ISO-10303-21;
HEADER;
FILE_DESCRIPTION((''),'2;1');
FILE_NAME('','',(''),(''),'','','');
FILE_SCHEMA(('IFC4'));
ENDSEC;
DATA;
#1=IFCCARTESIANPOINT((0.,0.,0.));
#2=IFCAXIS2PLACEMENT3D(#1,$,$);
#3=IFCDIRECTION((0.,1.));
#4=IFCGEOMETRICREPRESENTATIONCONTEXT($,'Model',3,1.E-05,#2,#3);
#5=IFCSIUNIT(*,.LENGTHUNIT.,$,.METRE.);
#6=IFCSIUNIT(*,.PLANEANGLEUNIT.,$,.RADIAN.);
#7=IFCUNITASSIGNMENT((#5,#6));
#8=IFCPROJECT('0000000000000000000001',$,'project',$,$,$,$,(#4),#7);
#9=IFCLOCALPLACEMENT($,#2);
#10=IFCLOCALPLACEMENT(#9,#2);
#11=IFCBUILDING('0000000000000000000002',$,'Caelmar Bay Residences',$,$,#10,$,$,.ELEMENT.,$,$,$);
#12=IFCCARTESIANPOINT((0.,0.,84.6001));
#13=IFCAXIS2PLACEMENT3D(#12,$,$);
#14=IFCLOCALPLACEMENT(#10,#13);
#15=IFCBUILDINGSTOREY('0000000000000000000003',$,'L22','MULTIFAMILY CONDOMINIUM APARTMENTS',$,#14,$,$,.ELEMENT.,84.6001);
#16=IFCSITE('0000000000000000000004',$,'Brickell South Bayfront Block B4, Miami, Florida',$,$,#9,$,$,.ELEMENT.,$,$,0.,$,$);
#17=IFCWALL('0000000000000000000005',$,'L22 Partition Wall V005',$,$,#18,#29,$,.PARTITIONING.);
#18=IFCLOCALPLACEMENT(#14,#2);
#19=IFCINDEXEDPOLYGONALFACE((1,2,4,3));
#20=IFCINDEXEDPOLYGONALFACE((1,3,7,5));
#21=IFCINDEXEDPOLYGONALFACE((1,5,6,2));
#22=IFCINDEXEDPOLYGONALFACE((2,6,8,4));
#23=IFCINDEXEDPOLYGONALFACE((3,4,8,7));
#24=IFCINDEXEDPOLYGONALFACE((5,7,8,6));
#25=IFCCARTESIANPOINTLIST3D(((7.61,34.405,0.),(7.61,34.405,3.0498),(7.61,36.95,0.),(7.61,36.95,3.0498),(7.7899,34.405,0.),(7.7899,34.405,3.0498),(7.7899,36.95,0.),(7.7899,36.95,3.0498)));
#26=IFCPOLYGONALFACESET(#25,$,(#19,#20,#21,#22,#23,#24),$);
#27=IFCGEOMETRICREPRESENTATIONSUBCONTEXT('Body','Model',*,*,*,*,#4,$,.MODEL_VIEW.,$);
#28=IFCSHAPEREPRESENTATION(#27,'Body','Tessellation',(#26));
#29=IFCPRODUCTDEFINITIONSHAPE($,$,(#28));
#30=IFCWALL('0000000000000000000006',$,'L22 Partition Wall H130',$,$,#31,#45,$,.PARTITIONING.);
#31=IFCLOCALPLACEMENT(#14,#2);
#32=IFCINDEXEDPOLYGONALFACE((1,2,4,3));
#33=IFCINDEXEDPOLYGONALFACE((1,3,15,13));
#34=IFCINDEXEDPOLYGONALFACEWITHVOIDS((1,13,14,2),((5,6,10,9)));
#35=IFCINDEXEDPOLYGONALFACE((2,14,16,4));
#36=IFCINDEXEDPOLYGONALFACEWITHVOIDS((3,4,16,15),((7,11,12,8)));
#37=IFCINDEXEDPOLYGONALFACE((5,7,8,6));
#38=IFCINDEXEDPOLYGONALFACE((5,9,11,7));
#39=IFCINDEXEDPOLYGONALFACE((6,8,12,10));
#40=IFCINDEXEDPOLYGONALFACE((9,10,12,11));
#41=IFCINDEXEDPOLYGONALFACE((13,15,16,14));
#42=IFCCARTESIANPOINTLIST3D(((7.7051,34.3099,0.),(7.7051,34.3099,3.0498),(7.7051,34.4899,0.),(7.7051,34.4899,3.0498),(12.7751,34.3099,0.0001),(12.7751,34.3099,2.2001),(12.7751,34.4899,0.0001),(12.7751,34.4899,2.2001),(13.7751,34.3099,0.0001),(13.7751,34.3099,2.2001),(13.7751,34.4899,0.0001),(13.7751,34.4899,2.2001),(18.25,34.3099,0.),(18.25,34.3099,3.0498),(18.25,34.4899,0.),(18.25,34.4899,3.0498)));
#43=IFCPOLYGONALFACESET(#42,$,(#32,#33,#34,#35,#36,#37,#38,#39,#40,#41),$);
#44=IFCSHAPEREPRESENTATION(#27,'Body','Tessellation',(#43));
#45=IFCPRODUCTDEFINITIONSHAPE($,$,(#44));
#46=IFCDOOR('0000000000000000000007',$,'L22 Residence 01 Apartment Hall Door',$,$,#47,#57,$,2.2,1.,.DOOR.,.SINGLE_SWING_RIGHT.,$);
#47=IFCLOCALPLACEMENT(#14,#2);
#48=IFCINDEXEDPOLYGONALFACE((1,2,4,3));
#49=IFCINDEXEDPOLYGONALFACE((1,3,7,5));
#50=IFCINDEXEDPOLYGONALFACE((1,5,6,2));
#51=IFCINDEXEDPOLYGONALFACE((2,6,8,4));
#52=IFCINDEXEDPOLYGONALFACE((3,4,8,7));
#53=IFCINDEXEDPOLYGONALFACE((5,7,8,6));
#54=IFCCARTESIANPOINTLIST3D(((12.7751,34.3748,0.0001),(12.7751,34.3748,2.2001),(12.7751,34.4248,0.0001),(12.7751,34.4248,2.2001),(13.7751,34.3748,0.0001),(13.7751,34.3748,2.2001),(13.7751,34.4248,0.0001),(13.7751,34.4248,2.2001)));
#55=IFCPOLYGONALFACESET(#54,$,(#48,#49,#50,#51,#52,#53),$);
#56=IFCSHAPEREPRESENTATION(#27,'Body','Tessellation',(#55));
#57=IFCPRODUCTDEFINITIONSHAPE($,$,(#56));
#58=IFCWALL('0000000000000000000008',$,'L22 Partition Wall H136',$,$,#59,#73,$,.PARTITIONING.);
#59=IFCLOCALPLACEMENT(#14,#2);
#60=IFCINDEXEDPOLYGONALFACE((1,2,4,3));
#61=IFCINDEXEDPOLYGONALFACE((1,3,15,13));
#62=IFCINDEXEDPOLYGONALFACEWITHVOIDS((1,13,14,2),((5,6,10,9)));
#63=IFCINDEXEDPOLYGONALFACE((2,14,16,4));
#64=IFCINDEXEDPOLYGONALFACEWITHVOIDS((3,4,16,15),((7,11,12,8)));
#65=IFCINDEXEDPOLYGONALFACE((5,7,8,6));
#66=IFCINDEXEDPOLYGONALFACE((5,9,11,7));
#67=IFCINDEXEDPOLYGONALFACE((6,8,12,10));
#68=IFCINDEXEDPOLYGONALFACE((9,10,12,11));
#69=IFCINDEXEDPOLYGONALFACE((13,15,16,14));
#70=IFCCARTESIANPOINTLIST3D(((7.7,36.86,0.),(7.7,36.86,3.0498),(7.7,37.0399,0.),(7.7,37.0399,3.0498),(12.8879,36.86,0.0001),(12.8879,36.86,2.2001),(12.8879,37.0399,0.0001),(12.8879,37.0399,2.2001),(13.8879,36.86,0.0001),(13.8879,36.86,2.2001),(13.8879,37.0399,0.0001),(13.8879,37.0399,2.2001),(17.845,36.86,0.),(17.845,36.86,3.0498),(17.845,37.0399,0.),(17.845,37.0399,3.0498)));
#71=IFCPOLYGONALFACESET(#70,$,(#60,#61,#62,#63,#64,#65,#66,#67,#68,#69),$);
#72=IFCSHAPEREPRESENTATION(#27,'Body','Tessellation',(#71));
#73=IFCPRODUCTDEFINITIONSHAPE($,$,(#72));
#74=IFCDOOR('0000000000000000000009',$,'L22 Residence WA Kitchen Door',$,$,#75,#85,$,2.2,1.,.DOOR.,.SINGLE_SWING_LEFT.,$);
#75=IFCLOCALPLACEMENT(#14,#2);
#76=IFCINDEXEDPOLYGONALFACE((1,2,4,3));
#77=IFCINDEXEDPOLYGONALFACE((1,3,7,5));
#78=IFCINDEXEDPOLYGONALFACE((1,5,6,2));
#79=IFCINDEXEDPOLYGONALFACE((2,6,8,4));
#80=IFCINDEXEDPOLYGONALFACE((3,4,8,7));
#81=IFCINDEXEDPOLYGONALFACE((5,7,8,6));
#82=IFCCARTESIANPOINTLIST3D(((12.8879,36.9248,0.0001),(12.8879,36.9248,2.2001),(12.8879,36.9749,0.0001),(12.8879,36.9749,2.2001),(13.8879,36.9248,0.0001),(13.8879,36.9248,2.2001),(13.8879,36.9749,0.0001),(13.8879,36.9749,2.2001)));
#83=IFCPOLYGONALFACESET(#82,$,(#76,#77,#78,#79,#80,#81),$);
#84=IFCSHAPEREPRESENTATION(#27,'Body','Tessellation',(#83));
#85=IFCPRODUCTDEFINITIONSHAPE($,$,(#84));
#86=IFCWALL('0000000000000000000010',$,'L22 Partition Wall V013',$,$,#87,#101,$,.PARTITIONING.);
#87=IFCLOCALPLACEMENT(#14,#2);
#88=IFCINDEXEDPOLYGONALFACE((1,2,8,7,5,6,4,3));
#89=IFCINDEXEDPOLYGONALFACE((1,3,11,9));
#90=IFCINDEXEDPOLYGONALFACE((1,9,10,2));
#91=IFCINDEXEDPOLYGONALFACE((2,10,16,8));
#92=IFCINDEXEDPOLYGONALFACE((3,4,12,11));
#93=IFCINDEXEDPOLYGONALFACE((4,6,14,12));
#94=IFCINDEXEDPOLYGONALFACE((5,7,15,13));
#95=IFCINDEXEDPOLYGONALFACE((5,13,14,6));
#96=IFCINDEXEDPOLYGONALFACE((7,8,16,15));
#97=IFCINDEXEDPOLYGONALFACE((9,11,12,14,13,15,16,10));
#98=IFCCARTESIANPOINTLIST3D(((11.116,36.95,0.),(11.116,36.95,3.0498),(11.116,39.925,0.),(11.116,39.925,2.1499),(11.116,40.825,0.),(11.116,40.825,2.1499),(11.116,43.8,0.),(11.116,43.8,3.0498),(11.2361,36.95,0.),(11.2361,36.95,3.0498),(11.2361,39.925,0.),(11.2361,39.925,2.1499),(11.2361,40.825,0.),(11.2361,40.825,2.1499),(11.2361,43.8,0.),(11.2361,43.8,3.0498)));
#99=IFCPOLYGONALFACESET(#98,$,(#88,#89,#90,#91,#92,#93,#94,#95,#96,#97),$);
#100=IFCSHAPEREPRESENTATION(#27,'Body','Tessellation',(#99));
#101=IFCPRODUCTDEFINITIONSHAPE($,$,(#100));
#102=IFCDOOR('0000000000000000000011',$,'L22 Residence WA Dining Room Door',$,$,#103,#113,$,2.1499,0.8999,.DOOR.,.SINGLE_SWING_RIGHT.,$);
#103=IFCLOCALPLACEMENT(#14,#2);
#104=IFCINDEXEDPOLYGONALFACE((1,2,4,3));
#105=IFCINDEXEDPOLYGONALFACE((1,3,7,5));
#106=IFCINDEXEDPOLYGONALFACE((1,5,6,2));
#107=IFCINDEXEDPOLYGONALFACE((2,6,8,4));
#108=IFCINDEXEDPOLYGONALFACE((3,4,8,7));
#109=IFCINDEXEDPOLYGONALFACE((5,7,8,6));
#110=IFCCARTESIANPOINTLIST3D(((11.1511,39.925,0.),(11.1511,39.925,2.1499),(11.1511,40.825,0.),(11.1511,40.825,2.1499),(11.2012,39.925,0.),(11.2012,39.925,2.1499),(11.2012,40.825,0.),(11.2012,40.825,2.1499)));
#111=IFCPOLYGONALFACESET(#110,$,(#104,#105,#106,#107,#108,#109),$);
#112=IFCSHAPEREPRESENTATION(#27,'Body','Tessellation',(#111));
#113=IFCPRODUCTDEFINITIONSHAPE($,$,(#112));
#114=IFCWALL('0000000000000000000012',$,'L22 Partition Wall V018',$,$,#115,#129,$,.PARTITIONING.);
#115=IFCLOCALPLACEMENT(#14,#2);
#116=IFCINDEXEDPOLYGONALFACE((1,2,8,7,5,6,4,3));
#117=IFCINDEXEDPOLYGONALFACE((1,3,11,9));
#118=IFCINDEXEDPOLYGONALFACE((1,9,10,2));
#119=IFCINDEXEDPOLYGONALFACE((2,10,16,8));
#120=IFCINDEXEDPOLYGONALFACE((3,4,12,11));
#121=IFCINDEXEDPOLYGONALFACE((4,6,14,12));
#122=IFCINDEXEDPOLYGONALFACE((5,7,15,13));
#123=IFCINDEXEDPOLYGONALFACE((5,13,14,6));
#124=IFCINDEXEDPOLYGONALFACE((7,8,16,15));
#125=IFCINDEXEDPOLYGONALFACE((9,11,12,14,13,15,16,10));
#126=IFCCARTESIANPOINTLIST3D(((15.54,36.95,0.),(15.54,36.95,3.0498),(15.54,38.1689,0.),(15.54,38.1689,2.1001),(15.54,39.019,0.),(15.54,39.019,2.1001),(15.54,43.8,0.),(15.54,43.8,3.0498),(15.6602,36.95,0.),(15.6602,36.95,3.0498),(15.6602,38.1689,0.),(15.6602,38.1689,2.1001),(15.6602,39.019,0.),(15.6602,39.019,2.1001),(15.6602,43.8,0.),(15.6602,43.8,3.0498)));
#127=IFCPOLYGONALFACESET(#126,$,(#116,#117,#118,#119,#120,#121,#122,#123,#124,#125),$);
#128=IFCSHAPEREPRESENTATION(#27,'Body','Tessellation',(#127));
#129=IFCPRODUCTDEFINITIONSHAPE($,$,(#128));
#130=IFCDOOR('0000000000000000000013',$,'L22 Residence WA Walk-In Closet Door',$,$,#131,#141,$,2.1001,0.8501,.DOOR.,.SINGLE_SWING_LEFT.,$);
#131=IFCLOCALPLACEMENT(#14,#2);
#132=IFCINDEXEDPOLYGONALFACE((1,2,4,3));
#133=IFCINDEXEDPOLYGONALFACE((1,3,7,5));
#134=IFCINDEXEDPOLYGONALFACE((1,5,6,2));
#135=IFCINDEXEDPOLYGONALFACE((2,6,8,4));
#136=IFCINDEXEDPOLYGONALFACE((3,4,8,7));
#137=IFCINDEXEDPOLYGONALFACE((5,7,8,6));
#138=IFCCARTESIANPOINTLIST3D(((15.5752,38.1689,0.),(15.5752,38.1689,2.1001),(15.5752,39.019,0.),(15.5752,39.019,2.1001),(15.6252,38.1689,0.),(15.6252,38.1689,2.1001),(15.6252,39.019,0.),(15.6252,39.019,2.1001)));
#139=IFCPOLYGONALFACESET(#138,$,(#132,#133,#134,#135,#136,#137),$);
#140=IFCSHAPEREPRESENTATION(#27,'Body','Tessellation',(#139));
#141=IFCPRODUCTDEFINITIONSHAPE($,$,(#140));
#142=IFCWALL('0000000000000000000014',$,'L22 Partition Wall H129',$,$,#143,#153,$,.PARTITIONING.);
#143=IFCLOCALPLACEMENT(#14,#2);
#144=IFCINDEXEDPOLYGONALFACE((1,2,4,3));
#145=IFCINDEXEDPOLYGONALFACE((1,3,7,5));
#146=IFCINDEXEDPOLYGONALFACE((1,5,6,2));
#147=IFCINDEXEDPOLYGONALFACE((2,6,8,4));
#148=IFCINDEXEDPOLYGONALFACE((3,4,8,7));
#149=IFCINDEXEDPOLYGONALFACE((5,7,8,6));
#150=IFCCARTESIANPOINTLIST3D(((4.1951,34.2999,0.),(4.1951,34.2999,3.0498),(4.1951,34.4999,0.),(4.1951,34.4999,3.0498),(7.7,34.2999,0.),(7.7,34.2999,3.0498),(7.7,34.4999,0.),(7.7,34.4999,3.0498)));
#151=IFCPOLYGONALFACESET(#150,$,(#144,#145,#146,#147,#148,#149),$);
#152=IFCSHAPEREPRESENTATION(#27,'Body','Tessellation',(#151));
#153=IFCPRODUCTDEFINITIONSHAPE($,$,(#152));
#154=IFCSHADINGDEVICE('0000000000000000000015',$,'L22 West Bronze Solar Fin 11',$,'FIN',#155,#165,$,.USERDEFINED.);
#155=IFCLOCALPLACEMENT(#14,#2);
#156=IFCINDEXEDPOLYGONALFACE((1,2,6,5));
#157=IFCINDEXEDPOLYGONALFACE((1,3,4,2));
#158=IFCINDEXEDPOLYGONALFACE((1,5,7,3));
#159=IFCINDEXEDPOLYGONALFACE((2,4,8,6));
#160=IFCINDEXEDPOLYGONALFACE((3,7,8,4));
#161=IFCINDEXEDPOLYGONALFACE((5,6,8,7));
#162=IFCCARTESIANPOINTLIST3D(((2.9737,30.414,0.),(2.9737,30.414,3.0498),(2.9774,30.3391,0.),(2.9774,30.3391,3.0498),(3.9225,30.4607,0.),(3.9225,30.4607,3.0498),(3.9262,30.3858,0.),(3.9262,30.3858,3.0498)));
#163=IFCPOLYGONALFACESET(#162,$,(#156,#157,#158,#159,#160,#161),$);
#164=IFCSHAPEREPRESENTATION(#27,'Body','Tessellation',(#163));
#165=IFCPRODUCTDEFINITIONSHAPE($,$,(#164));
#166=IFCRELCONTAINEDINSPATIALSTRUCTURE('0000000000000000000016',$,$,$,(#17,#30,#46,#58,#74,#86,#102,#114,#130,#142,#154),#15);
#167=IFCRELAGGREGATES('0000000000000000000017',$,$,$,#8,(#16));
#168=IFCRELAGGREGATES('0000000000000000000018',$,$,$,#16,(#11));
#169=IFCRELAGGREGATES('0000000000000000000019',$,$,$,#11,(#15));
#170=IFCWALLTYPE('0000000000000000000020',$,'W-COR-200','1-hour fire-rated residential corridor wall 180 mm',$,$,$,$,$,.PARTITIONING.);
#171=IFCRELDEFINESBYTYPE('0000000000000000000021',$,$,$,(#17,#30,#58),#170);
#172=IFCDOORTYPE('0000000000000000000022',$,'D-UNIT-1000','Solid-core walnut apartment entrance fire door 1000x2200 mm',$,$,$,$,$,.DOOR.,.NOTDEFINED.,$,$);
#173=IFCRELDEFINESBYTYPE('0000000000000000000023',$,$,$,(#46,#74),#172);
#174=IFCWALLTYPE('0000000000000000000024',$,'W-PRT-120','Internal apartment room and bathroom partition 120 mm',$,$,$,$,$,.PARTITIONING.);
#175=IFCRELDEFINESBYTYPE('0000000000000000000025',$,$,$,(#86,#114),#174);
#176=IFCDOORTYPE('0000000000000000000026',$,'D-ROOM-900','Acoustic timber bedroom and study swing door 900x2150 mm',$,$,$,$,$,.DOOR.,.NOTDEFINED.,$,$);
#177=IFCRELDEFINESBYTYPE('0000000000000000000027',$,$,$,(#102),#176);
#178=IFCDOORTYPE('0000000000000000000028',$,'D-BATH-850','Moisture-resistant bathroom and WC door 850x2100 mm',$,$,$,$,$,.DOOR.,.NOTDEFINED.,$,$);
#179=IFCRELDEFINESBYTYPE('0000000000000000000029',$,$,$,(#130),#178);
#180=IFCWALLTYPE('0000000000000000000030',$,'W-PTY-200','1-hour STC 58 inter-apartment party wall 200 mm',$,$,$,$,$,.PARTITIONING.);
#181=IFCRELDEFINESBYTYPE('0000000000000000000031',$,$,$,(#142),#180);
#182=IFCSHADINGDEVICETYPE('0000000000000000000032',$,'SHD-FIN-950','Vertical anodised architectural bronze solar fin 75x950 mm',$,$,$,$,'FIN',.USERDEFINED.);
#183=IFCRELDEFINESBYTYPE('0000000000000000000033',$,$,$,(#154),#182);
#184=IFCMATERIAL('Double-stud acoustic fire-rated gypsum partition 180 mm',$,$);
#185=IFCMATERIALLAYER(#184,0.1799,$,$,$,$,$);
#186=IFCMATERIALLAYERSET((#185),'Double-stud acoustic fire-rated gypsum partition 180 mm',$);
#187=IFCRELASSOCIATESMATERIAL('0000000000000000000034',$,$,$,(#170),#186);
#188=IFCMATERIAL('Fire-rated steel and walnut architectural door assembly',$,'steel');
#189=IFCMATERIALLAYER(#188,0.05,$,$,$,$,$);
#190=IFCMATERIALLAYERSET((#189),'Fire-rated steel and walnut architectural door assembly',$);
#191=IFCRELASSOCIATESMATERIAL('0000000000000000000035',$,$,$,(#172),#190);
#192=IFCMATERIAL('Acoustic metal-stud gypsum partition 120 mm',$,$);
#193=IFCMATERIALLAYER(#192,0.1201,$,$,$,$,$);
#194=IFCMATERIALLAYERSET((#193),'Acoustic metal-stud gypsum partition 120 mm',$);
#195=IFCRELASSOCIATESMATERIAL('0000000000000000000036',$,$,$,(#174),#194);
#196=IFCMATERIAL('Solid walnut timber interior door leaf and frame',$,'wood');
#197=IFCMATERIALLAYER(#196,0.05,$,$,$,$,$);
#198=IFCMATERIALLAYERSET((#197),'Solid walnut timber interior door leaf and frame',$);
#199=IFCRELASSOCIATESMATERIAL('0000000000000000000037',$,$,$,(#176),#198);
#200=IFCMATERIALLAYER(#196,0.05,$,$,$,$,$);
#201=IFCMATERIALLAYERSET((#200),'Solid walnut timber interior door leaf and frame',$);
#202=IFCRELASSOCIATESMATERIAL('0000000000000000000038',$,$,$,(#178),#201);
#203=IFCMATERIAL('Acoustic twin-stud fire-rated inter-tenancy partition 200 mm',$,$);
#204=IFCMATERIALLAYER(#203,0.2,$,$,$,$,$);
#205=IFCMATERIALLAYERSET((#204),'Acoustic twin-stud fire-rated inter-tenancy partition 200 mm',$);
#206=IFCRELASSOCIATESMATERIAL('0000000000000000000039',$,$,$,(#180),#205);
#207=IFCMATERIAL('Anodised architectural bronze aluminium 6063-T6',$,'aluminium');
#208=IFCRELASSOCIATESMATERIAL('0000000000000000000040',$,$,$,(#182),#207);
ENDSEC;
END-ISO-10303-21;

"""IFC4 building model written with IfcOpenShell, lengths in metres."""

from ifc_helpers import new_model, si_unit, direction, frame, frame_2d, origin, origin_2d, place, context, subcontext, project, spatial, rectangle, extrude, material, layer, layer_set, material_profile, profile_set, type_object, element, fill, save


model = new_model("IFC4")

# Units and contexts
model_context = context("Model", 3, precision=1e-05, world=origin(), true_north=direction((0.0, 1.0)))
body_context = subcontext(model_context, "Body", "Model", "MODEL_VIEW")
ifc_project = project(units=[si_unit("LENGTHUNIT", "METRE"), si_unit("PLANEANGLEUNIT", "RADIAN")], contexts=[model_context])

# Site, building, storey
site_placement = place(None, origin())
site = spatial("IfcSite", under=ifc_project, at=site_placement, Name="Brickell South Bayfront Block B4, Miami, Florida", CompositionType="ELEMENT", RefElevation=0.0)
building_placement = place(site_placement, origin())
building = spatial("IfcBuilding", under=site, at=building_placement, Name="Caelmar Bay Residences", CompositionType="ELEMENT")
storey_placement = place(building_placement, frame((0.0, 0.0, 84.6001)))
storey = spatial("IfcBuildingStorey", under=building, at=storey_placement, Name="L22", Description="MULTIFAMILY CONDOMINIUM APARTMENTS", CompositionType="ELEMENT", Elevation=84.6001)

# Wall
ifc_material_1 = material(Name="Double-stud acoustic fire-rated gypsum partition 180 mm")
ifc_layer_1 = layer(ifc_material_1, 0.1799)
ifc_layer_set_1 = layer_set([ifc_layer_1], Name="Double-stud acoustic fire-rated gypsum partition 180 mm")
wall_type_1 = type_object("IfcWallType", Name="W-COR-200", Description="1-hour fire-rated residential corridor wall 180 mm", PredefinedType="PARTITIONING", material=ifc_layer_set_1)
wall_1_placement = place(storey_placement, frame((7.7, 34.405, 0.0), z_axis=(0.0, 0.0, 1.0), x_axis=(0.0, 1.0, 0.0)))
element("IfcWall", 1, at=wall_1_placement, inside=storey, type_object=wall_type_1, Name="L22 Partition Wall V005", PredefinedType="PARTITIONING", context=body_context, shape_type="SweptSolid", body=[
    extrude(rectangle(XDim=2.5449, YDim=0.1799, at=frame_2d((1.2725, 0.0))), origin(), (0.0, 0.0, 1.0), 3.0498),
])

# Walls, openings, doors
wall_2_placement = place(storey_placement, frame((7.7051, 34.3999, 0.0), z_axis=(0.0, 0.0, 1.0), x_axis=(1.0, 0.0, 0.0)))
wall_2 = element("IfcWall", 2, at=wall_2_placement, inside=storey, type_object=wall_type_1, Name="L22 Partition Wall H130", PredefinedType="PARTITIONING", context=body_context, shape_type="SweptSolid", body=[
    extrude(rectangle(XDim=10.5449, YDim=0.1799, at=frame_2d((5.2725, 0.0))), origin(), (0.0, 0.0, 1.0), 3.0498),
])
opening_1_placement = place(wall_2_placement, frame((5.0701, 0.0, 0.0)))
opening_1 = element("IfcOpeningElement", 3, at=opening_1_placement, cuts=wall_2, PredefinedType="OPENING", context=body_context, shape_type="SweptSolid", body=[
    extrude(rectangle(XDim=1.0, YDim=2.2, at=frame_2d((0.5, 1.1001))), frame((0.0, 0.0999, 0.0), z_axis=(0.0, -1.0, 0.0), x_axis=(1.0, 0.0, 0.0)), (0.0, 0.0, 1.0), 0.2),
])
ifc_material_2 = material(Name="Fire-rated steel and walnut architectural door assembly", Category="steel")
ifc_layer_2 = layer(ifc_material_2, 0.05)
ifc_layer_set_2 = layer_set([ifc_layer_2], Name="Fire-rated steel and walnut architectural door assembly")
door_type_1 = type_object("IfcDoorType", Name="D-UNIT-1000", Description="Solid-core walnut apartment entrance fire door 1000x2200 mm", OperationType="NOTDEFINED", PredefinedType="DOOR", material=ifc_layer_set_2)
door_1_placement = place(opening_1_placement, origin())
door_1 = element("IfcDoor", 4, at=door_1_placement, inside=storey, type_object=door_type_1, Name="L22 Residence 01 Apartment Hall Door", OperationType="SINGLE_SWING_RIGHT", OverallHeight=2.2, OverallWidth=1.0, PredefinedType="DOOR", context=body_context, shape_type="SweptSolid", body=[
    extrude(rectangle(XDim=1.0, YDim=2.2, at=frame_2d((0.5, 1.1001))), frame((0.0, 0.0249, 0.0), z_axis=(0.0, -1.0, 0.0), x_axis=(1.0, 0.0, 0.0)), (0.0, 0.0, 1.0), 0.05),
])
fill(opening_1, door_1)
wall_3_placement = place(storey_placement, frame((7.7, 36.95, 0.0), z_axis=(0.0, 0.0, 1.0), x_axis=(1.0, 0.0, 0.0)))
wall_3 = element("IfcWall", 5, at=wall_3_placement, inside=storey, type_object=wall_type_1, Name="L22 Partition Wall H136", PredefinedType="PARTITIONING", context=body_context, shape_type="SweptSolid", body=[
    extrude(rectangle(XDim=10.145, YDim=0.1799, at=frame_2d((5.0725, 0.0))), origin(), (0.0, 0.0, 1.0), 3.0498),
])
opening_2_placement = place(wall_3_placement, frame((5.188, 0.0, 0.0)))
opening_2 = element("IfcOpeningElement", 6, at=opening_2_placement, cuts=wall_3, PredefinedType="OPENING", context=body_context, shape_type="SweptSolid", body=[
    extrude(rectangle(XDim=1.0, YDim=2.2, at=frame_2d((0.5, 1.1001))), frame((0.0, 0.0999, 0.0), z_axis=(0.0, -1.0, 0.0), x_axis=(1.0, 0.0, 0.0)), (0.0, 0.0, 1.0), 0.2),
])
door_2_placement = place(opening_2_placement, origin())
door_2 = element("IfcDoor", 7, at=door_2_placement, inside=storey, type_object=door_type_1, Name="L22 Residence WA Kitchen Door", OperationType="SINGLE_SWING_LEFT", OverallHeight=2.2, OverallWidth=1.0, PredefinedType="DOOR", context=body_context, shape_type="SweptSolid", body=[
    extrude(rectangle(XDim=1.0, YDim=2.2, at=frame_2d((0.5, 1.1001))), frame((0.0, 0.0249, 0.0), z_axis=(0.0, -1.0, 0.0), x_axis=(1.0, 0.0, 0.0)), (0.0, 0.0, 1.0), 0.05),
])
fill(opening_2, door_2)
ifc_material_3 = material(Name="Acoustic metal-stud gypsum partition 120 mm")
ifc_layer_3 = layer(ifc_material_3, 0.1201)
ifc_layer_set_3 = layer_set([ifc_layer_3], Name="Acoustic metal-stud gypsum partition 120 mm")
wall_type_2 = type_object("IfcWallType", Name="W-PRT-120", Description="Internal apartment room and bathroom partition 120 mm", PredefinedType="PARTITIONING", material=ifc_layer_set_3)
wall_4_placement = place(storey_placement, frame((11.176, 36.95, 0.0), z_axis=(0.0, 0.0, 1.0), x_axis=(0.0, 1.0, 0.0)))
wall_4 = element("IfcWall", 8, at=wall_4_placement, inside=storey, type_object=wall_type_2, Name="L22 Partition Wall V013", PredefinedType="PARTITIONING", context=body_context, shape_type="SweptSolid", body=[
    extrude(rectangle(XDim=6.8501, YDim=0.1201, at=frame_2d((3.425, 0.0))), origin(), (0.0, 0.0, 1.0), 3.0498),
])
opening_3_placement = place(wall_4_placement, frame((2.9751, 0.0, 0.0)))
opening_3 = element("IfcOpeningElement", 9, at=opening_3_placement, cuts=wall_4, PredefinedType="OPENING", context=body_context, shape_type="SweptSolid", body=[
    extrude(rectangle(XDim=0.8999, YDim=2.1499, at=frame_2d((0.45, 1.075))), frame((0.0, 0.0701, 0.0), z_axis=(0.0, -1.0, 0.0), x_axis=(1.0, 0.0, 0.0)), (0.0, 0.0, 1.0), 0.1401),
])
ifc_material_4 = material(Name="Solid walnut timber interior door leaf and frame", Category="wood")
ifc_layer_4 = layer(ifc_material_4, 0.05)
ifc_layer_set_4 = layer_set([ifc_layer_4], Name="Solid walnut timber interior door leaf and frame")
door_type_2 = type_object("IfcDoorType", Name="D-ROOM-900", Description="Acoustic timber bedroom and study swing door 900x2150 mm", OperationType="NOTDEFINED", PredefinedType="DOOR", material=ifc_layer_set_4)
door_3_placement = place(opening_3_placement, origin())
door_3 = element("IfcDoor", 10, at=door_3_placement, inside=storey, type_object=door_type_2, Name="L22 Residence WA Dining Room Door", OperationType="SINGLE_SWING_RIGHT", OverallHeight=2.1499, OverallWidth=0.8999, PredefinedType="DOOR", context=body_context, shape_type="SweptSolid", body=[
    extrude(rectangle(XDim=0.8999, YDim=2.1499, at=frame_2d((0.45, 1.075))), frame((0.0, 0.0249, 0.0), z_axis=(0.0, -1.0, 0.0), x_axis=(1.0, 0.0, 0.0)), (0.0, 0.0, 1.0), 0.05),
])
fill(opening_3, door_3)
wall_5_placement = place(storey_placement, frame((15.6001, 36.95, 0.0), z_axis=(0.0, 0.0, 1.0), x_axis=(0.0, 1.0, 0.0)))
wall_5 = element("IfcWall", 11, at=wall_5_placement, inside=storey, type_object=wall_type_2, Name="L22 Partition Wall V018", PredefinedType="PARTITIONING", context=body_context, shape_type="SweptSolid", body=[
    extrude(rectangle(XDim=6.8501, YDim=0.1201, at=frame_2d((3.425, 0.0))), origin(), (0.0, 0.0, 1.0), 3.0498),
])
opening_4_placement = place(wall_5_placement, frame((1.219, 0.0, 0.0)))
opening_4 = element("IfcOpeningElement", 12, at=opening_4_placement, cuts=wall_5, PredefinedType="OPENING", context=body_context, shape_type="SweptSolid", body=[
    extrude(rectangle(XDim=0.8501, YDim=2.1001, at=frame_2d((0.425, 1.05))), frame((0.0, 0.0701, 0.0), z_axis=(0.0, -1.0, 0.0), x_axis=(1.0, 0.0, 0.0)), (0.0, 0.0, 1.0), 0.1401),
])
ifc_layer_5 = layer(ifc_material_4, 0.05)
ifc_layer_set_5 = layer_set([ifc_layer_5], Name="Solid walnut timber interior door leaf and frame")
door_type_3 = type_object("IfcDoorType", Name="D-BATH-850", Description="Moisture-resistant bathroom and WC door 850x2100 mm", OperationType="NOTDEFINED", PredefinedType="DOOR", material=ifc_layer_set_5)
door_4_placement = place(opening_4_placement, origin())
door_4 = element("IfcDoor", 13, at=door_4_placement, inside=storey, type_object=door_type_3, Name="L22 Residence WA Walk-In Closet Door", OperationType="SINGLE_SWING_LEFT", OverallHeight=2.1001, OverallWidth=0.8501, PredefinedType="DOOR", context=body_context, shape_type="SweptSolid", body=[
    extrude(rectangle(XDim=0.8501, YDim=2.1001, at=frame_2d((0.425, 1.05))), frame((0.0, 0.0249, 0.0), z_axis=(0.0, -1.0, 0.0), x_axis=(1.0, 0.0, 0.0)), (0.0, 0.0, 1.0), 0.05),
])
fill(opening_4, door_4)

# Wall
ifc_material_5 = material(Name="Acoustic twin-stud fire-rated inter-tenancy partition 200 mm")
ifc_layer_6 = layer(ifc_material_5, 0.2)
ifc_layer_set_6 = layer_set([ifc_layer_6], Name="Acoustic twin-stud fire-rated inter-tenancy partition 200 mm")
wall_type_3 = type_object("IfcWallType", Name="W-PTY-200", Description="1-hour STC 58 inter-apartment party wall 200 mm", PredefinedType="PARTITIONING", material=ifc_layer_set_6)
wall_6_placement = place(storey_placement, frame((4.1951, 34.3999, 0.0), z_axis=(0.0, 0.0, 1.0), x_axis=(1.0, 0.0, 0.0)))
element("IfcWall", 14, at=wall_6_placement, inside=storey, type_object=wall_type_3, Name="L22 Partition Wall H129", PredefinedType="PARTITIONING", context=body_context, shape_type="SweptSolid", body=[
    extrude(rectangle(XDim=3.5049, YDim=0.2, at=frame_2d((1.7524, 0.0))), origin(), (0.0, 0.0, 1.0), 3.0498),
])

# Shading device
ifc_material_6 = material(Name="Anodised architectural bronze aluminium 6063-T6", Category="aluminium")
ifc_material_profile_1 = material_profile(ifc_material_6, rectangle(XDim=0.075, YDim=0.95, at=origin_2d()), Name="BRONZE-FIN-75X950")
ifc_profile_set_1 = profile_set([ifc_material_profile_1], Name="Anodised architectural bronze aluminium 6063-T6")
shading_device_type = type_object("IfcShadingDeviceType", Name="SHD-FIN-950", Description="Vertical anodised architectural bronze solar fin 75x950 mm", ElementType="FIN", PredefinedType="USERDEFINED", material=ifc_profile_set_1)
for number, where, z_axis, x_axis, name in (
    (15, (3.45, 30.3999, 0.0), (0.0, 0.0, 1.0), (-0.049198, 0.998789, 0.0), "L22 West Bronze Solar Fin 11"),
):
    element("IfcShadingDevice", number, at=place(storey_placement, frame(where, z_axis=z_axis, x_axis=x_axis)), inside=storey, type_object=shading_device_type, Name=name, ObjectType="FIN", PredefinedType="USERDEFINED", context=body_context, shape_type="SweptSolid", body=[
        extrude(rectangle(XDim=0.075, YDim=0.95, at=origin_2d()), origin(), (0.0, 0.0, 1.0), 3.0498),
    ])

save(model, "model.ifc")
